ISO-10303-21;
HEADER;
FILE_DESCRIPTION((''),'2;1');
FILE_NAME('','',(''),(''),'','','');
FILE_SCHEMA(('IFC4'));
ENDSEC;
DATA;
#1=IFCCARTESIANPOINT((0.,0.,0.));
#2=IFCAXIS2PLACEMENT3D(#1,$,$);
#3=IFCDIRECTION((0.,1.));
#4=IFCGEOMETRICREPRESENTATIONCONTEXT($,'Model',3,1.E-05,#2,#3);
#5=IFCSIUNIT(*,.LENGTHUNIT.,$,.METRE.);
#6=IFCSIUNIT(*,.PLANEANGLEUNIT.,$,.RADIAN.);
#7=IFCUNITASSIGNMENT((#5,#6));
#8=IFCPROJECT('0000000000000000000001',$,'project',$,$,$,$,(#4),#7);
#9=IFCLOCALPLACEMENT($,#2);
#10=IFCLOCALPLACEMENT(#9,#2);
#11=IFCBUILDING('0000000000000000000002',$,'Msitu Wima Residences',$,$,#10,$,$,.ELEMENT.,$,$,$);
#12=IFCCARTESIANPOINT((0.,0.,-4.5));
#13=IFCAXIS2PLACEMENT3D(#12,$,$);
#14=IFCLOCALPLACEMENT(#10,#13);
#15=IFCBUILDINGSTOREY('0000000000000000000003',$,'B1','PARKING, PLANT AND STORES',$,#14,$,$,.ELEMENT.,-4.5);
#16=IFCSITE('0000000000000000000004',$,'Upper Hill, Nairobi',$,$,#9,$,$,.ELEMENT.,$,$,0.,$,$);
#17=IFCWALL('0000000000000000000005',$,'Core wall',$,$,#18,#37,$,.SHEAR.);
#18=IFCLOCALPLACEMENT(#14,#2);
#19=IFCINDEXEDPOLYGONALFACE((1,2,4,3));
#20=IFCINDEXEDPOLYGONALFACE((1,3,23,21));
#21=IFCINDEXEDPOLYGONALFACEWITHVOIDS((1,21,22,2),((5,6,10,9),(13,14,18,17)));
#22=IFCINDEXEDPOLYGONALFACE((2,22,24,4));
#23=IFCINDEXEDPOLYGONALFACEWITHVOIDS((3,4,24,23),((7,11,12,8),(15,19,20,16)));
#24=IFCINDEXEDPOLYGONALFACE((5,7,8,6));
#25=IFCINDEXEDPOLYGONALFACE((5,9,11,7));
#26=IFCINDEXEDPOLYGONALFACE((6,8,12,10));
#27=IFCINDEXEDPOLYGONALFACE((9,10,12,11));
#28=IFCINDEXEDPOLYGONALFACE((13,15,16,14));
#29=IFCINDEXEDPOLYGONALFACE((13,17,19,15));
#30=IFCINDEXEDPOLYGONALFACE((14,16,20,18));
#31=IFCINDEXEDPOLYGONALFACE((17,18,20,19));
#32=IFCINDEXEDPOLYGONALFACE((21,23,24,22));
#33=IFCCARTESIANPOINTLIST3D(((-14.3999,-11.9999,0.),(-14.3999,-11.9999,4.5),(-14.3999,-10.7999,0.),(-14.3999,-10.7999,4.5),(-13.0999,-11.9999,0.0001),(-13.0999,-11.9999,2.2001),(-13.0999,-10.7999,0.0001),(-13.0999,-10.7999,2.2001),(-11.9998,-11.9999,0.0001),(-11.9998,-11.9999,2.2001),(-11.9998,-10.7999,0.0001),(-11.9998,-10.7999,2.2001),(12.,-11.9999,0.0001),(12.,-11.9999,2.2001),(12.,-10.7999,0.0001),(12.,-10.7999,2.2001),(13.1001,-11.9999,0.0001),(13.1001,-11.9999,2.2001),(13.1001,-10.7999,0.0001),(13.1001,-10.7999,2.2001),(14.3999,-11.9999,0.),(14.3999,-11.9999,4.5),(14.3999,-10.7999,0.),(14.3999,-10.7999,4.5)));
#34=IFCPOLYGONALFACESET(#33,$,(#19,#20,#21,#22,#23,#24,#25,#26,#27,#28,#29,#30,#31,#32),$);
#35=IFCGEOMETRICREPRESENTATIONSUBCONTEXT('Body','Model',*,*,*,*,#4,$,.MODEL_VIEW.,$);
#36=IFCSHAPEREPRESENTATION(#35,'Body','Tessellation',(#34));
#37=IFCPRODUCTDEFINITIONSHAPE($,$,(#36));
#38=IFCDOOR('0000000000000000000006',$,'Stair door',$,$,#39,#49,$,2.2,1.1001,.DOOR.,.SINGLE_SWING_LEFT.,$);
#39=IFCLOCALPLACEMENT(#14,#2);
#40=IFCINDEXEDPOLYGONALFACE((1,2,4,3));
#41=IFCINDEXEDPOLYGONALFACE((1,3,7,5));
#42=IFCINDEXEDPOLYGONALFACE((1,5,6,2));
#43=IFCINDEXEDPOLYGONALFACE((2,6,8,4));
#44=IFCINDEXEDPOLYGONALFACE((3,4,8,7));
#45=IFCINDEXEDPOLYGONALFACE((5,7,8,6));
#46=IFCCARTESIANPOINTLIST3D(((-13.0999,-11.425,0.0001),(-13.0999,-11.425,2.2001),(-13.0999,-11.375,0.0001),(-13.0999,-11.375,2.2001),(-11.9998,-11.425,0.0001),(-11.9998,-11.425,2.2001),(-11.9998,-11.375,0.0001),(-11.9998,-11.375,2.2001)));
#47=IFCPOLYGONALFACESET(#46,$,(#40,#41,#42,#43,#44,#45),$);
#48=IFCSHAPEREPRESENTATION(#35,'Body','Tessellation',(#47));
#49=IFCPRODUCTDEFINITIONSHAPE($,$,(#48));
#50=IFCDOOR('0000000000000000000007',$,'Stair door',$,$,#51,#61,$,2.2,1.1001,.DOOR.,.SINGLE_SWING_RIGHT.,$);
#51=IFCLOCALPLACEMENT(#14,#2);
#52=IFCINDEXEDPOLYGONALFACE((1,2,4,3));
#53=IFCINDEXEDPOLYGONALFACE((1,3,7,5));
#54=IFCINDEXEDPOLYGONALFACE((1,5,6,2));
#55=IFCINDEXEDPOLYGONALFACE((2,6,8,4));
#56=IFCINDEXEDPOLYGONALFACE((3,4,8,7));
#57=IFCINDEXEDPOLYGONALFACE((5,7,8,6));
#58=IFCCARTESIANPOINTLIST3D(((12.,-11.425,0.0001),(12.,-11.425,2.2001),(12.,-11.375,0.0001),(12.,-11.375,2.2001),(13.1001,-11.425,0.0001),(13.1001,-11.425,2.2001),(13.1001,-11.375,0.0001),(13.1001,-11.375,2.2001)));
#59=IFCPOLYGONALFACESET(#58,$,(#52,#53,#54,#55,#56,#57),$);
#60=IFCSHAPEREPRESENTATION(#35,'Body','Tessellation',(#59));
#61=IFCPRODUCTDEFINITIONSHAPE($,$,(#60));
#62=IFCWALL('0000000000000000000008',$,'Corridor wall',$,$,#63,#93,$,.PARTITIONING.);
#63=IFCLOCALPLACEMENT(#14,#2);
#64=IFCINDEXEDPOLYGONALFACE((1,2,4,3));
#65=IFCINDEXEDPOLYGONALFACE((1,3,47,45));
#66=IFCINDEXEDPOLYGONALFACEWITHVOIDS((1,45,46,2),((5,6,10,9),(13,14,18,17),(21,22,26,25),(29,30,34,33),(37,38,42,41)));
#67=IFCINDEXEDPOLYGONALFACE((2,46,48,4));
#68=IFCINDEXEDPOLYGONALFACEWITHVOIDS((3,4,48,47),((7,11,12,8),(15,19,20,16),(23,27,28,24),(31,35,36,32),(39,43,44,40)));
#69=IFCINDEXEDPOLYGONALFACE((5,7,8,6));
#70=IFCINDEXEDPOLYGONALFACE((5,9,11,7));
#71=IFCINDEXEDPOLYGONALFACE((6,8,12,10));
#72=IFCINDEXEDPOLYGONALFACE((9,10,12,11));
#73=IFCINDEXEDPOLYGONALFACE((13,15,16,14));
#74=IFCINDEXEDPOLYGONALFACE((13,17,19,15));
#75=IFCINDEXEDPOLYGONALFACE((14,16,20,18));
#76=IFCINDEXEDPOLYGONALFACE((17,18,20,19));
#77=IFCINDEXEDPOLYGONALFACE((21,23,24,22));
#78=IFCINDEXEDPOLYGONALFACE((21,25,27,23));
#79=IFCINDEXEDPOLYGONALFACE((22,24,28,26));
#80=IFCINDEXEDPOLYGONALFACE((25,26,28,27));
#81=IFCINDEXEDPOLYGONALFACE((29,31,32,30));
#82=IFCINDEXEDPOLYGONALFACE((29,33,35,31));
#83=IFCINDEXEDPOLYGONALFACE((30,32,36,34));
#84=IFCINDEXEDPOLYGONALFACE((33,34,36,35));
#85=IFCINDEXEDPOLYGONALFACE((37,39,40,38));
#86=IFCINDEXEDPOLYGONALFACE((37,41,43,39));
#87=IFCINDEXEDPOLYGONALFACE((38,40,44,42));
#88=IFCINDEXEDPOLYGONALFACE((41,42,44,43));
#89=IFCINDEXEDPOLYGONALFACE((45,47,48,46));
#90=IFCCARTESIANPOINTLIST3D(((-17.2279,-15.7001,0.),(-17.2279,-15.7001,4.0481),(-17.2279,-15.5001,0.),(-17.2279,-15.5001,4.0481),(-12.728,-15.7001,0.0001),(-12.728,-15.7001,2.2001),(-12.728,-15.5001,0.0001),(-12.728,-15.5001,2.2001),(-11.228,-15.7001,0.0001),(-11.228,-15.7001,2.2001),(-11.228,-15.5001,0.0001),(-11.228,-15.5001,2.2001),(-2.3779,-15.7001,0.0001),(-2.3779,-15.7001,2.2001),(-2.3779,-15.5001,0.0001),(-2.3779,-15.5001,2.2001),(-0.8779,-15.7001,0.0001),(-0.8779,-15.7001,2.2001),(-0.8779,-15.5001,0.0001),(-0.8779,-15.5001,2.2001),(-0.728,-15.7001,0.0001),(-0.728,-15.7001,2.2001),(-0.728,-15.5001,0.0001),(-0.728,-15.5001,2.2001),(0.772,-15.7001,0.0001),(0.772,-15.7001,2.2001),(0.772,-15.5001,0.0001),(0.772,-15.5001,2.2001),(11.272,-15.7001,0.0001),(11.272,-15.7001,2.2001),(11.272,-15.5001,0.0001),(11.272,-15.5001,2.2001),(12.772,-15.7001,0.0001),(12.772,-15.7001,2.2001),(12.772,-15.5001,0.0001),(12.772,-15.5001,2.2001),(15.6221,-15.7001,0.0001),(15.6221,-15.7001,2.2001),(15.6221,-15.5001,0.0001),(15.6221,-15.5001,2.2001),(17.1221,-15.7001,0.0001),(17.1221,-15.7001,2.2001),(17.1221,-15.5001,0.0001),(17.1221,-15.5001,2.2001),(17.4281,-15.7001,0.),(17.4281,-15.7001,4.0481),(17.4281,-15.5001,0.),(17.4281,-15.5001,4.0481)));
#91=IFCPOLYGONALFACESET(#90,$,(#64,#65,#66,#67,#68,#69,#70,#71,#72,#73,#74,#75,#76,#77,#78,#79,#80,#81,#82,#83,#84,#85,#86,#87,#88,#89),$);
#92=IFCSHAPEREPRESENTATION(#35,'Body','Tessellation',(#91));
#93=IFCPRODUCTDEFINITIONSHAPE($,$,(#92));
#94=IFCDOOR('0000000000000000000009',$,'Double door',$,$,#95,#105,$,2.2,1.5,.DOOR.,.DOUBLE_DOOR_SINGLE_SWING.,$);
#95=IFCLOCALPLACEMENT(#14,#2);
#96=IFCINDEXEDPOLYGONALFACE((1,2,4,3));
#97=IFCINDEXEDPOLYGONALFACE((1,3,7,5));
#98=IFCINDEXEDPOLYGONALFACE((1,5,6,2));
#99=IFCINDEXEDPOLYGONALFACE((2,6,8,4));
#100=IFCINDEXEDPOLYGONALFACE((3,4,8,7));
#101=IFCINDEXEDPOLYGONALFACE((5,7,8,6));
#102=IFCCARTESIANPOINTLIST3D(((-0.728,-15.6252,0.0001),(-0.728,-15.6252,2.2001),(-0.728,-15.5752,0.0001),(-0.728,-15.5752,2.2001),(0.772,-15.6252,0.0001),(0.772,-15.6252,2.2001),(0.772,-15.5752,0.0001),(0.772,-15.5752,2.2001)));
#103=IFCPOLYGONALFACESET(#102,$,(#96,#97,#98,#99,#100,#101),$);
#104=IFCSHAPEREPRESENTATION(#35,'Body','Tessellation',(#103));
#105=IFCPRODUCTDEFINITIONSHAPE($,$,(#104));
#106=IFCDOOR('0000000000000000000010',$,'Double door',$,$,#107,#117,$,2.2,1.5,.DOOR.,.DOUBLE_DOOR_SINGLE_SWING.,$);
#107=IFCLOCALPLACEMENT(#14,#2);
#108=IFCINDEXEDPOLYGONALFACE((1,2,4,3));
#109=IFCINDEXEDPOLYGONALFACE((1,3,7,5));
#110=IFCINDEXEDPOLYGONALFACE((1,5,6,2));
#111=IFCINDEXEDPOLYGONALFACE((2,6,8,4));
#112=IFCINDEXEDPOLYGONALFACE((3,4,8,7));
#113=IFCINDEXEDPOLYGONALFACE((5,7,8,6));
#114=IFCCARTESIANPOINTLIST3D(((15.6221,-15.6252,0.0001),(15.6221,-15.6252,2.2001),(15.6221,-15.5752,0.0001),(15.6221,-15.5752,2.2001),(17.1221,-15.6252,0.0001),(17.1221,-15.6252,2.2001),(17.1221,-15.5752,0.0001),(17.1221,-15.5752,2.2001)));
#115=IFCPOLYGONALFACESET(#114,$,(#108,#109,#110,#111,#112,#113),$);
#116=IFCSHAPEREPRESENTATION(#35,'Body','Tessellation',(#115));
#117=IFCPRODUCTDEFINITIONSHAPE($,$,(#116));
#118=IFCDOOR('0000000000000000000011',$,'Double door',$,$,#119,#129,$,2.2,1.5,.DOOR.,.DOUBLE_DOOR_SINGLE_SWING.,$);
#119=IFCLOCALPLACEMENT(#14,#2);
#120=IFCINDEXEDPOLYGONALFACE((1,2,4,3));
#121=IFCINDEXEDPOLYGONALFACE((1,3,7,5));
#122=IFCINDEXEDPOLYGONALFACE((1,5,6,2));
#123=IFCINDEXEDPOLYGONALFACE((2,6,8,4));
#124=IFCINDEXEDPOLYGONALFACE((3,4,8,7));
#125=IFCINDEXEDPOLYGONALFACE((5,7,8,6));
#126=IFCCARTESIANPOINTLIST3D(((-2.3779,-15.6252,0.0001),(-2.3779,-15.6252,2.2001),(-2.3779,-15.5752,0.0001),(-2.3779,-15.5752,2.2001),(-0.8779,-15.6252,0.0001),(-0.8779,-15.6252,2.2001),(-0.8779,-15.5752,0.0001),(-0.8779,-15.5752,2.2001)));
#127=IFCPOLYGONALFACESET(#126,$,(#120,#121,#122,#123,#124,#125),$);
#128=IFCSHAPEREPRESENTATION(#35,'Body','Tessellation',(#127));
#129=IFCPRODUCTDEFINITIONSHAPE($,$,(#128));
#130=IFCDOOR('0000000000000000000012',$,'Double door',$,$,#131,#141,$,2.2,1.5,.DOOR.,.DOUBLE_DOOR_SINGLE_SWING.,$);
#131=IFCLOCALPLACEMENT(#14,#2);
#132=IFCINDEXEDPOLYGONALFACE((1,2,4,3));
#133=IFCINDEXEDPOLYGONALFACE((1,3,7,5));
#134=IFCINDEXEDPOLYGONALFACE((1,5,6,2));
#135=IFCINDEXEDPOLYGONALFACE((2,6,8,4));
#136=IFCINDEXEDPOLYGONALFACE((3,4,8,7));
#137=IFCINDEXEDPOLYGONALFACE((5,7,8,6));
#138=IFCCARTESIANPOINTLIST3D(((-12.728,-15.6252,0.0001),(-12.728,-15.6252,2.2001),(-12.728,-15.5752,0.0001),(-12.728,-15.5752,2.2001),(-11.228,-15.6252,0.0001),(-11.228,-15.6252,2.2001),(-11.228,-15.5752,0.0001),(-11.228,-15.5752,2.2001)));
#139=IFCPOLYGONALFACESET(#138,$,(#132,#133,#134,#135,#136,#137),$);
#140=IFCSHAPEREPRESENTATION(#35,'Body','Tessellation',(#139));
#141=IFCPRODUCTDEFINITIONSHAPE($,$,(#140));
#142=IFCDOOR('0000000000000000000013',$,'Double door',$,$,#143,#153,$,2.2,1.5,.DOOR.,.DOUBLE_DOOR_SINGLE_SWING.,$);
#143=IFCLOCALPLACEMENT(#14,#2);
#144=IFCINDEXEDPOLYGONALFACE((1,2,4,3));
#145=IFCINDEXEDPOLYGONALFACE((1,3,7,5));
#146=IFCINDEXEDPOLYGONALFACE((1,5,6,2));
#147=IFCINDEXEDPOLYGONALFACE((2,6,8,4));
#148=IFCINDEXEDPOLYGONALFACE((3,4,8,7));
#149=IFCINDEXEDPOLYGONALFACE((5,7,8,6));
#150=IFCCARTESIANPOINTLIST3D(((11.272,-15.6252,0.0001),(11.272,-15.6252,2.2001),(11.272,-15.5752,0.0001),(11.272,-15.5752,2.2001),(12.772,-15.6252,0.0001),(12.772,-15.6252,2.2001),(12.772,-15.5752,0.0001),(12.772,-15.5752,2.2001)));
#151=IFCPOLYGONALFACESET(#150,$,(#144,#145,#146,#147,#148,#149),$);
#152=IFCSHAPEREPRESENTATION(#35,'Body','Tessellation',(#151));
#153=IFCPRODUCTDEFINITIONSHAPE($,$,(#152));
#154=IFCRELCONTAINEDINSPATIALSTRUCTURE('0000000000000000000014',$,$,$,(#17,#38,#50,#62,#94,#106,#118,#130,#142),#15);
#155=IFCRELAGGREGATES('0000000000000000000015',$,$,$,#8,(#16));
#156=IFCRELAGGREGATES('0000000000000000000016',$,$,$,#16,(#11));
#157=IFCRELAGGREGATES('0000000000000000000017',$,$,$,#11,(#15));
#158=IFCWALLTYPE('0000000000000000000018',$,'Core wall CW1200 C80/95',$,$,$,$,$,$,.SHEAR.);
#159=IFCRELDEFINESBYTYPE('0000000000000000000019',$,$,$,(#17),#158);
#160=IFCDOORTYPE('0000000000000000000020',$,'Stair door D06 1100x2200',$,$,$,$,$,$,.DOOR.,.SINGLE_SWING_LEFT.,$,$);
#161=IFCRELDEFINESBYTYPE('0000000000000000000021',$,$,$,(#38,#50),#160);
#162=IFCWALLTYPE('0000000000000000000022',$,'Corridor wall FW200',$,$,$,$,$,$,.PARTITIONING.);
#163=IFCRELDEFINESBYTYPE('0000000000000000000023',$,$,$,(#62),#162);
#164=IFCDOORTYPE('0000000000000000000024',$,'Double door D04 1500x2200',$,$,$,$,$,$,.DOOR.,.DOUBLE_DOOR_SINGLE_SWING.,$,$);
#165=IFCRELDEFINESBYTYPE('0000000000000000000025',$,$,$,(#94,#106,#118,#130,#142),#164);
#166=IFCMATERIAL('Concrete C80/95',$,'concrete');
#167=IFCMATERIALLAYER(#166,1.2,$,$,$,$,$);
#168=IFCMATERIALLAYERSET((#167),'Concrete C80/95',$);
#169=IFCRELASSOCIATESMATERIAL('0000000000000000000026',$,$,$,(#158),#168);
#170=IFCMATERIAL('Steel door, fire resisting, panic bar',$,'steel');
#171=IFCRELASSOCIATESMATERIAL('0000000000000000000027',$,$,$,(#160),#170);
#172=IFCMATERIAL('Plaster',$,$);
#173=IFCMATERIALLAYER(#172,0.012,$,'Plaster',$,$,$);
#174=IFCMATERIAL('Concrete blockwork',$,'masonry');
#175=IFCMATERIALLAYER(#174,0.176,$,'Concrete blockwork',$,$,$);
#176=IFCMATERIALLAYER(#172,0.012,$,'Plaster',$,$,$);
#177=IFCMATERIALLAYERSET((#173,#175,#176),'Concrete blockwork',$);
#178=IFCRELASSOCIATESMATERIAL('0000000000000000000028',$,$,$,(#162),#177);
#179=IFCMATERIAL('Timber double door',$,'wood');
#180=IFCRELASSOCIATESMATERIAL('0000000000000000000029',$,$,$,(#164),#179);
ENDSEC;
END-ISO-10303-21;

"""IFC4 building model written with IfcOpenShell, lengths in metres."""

from ifc_helpers import new_model, si_unit, direction, frame, frame_2d, origin, place, context, subcontext, project, spatial, rectangle, extrude, material, layer, layer_set, type_object, element, fill, save


model = new_model("IFC4")

# Units and contexts
model_context = context("Model", 3, precision=1e-05, world=origin(), true_north=direction((0.0, 1.0)))
body_context = subcontext(model_context, "Body", "Model", "MODEL_VIEW")
ifc_project = project(units=[si_unit("LENGTHUNIT", "METRE"), si_unit("PLANEANGLEUNIT", "RADIAN")], contexts=[model_context])

# Site, building, storey
site_placement = place(None, origin())
site = spatial("IfcSite", under=ifc_project, at=site_placement, Name="Upper Hill, Nairobi", CompositionType="ELEMENT", RefElevation=0.0)
building_placement = place(site_placement, origin())
building = spatial("IfcBuilding", under=site, at=building_placement, Name="Msitu Wima Residences", CompositionType="ELEMENT")
storey_placement = place(building_placement, frame((0.0, 0.0, -4.5)))
storey = spatial("IfcBuildingStorey", under=building, at=storey_placement, Name="B1", Description="PARKING, PLANT AND STORES", CompositionType="ELEMENT", Elevation=-4.5)

# Walls, openings, doors
ifc_material_1 = material(Name="Concrete C80/95", Category="concrete")
ifc_layer_1 = layer(ifc_material_1, 1.2)
ifc_layer_set_1 = layer_set([ifc_layer_1], Name="Concrete C80/95")
wall_type_1 = type_object("IfcWallType", Name="Core wall CW1200 C80/95", PredefinedType="SHEAR", material=ifc_layer_set_1)
wall_1_placement = place(storey_placement, frame((-14.3999, -11.3999, 0.0), z_axis=(0.0, 0.0, 1.0), x_axis=(1.0, 0.0, 0.0)))
wall_1 = element("IfcWall", 1, at=wall_1_placement, inside=storey, type_object=wall_type_1, Name="Core wall", PredefinedType="SHEAR", context=body_context, shape_type="SweptSolid", body=[
    extrude(rectangle(XDim=28.7998, YDim=1.2, at=frame_2d((14.3999, 0.0))), origin(), (0.0, 0.0, 1.0), 4.5),
])
opening_1_placement = place(wall_1_placement, frame((1.3, 0.0, 0.0)))
opening_1 = element("IfcOpeningElement", 2, at=opening_1_placement, cuts=wall_1, PredefinedType="OPENING", context=body_context, shape_type="SweptSolid", body=[
    extrude(rectangle(XDim=1.1001, YDim=2.2, at=frame_2d((0.55, 1.1001))), frame((0.0, 0.6099, 0.0), z_axis=(0.0, -1.0, 0.0), x_axis=(1.0, 0.0, 0.0)), (0.0, 0.0, 1.0), 1.22),
])
opening_2_placement = place(wall_1_placement, frame((26.3999, 0.0, 0.0)))
opening_2 = element("IfcOpeningElement", 3, at=opening_2_placement, cuts=wall_1, PredefinedType="OPENING", context=body_context, shape_type="SweptSolid", body=[
    extrude(rectangle(XDim=1.1001, YDim=2.2, at=frame_2d((0.55, 1.1001))), frame((0.0, 0.6099, 0.0), z_axis=(0.0, -1.0, 0.0), x_axis=(1.0, 0.0, 0.0)), (0.0, 0.0, 1.0), 1.22),
])
ifc_material_2 = material(Name="Steel door, fire resisting, panic bar", Category="steel")
door_type_1 = type_object("IfcDoorType", Name="Stair door D06 1100x2200", OperationType="SINGLE_SWING_LEFT", PredefinedType="DOOR", material=ifc_material_2)
door_1_placement = place(opening_1_placement, origin())
door_1 = element("IfcDoor", 4, at=door_1_placement, inside=storey, type_object=door_type_1, Name="Stair door", OperationType="SINGLE_SWING_LEFT", OverallHeight=2.2, OverallWidth=1.1001, PredefinedType="DOOR", context=body_context, shape_type="SweptSolid", body=[
    extrude(rectangle(XDim=1.1001, YDim=2.2, at=frame_2d((0.55, 1.1001))), frame((0.0, 0.0249, 0.0), z_axis=(0.0, -1.0, 0.0), x_axis=(1.0, 0.0, 0.0)), (0.0, 0.0, 1.0), 0.05),
])
fill(opening_1, door_1)
door_2_placement = place(opening_2_placement, origin())
door_2 = element("IfcDoor", 5, at=door_2_placement, inside=storey, type_object=door_type_1, Name="Stair door", OperationType="SINGLE_SWING_RIGHT", OverallHeight=2.2, OverallWidth=1.1001, PredefinedType="DOOR", context=body_context, shape_type="SweptSolid", body=[
    extrude(rectangle(XDim=1.1001, YDim=2.2, at=frame_2d((0.55, 1.1001))), frame((0.0, 0.0249, 0.0), z_axis=(0.0, -1.0, 0.0), x_axis=(1.0, 0.0, 0.0)), (0.0, 0.0, 1.0), 0.05),
])
fill(opening_2, door_2)
ifc_material_3 = material(Name="Plaster")
ifc_layer_2 = layer(ifc_material_3, 0.012, Name="Plaster")
ifc_material_4 = material(Name="Concrete blockwork", Category="masonry")
ifc_layer_3 = layer(ifc_material_4, 0.176, Name="Concrete blockwork")
ifc_layer_4 = layer(ifc_material_3, 0.012, Name="Plaster")
ifc_layer_set_2 = layer_set([ifc_layer_2, ifc_layer_3, ifc_layer_4], Name="Concrete blockwork")
wall_type_2 = type_object("IfcWallType", Name="Corridor wall FW200", PredefinedType="PARTITIONING", material=ifc_layer_set_2)
wall_2_placement = place(storey_placement, frame((-17.228, -15.6001, 0.0), z_axis=(0.0, 0.0, 1.0), x_axis=(1.0, 0.0, 0.0)))
wall_2 = element("IfcWall", 6, at=wall_2_placement, inside=storey, type_object=wall_type_2, Name="Corridor wall", PredefinedType="PARTITIONING", context=body_context, shape_type="SweptSolid", body=[
    extrude(rectangle(XDim=34.656, YDim=0.2, at=frame_2d((17.3281, 0.0))), origin(), (0.0, 0.0, 1.0), 4.0481),
])
opening_3_placement = place(wall_2_placement, frame((16.5, 0.0, 0.0)))
opening_3 = element("IfcOpeningElement", 7, at=opening_3_placement, cuts=wall_2, PredefinedType="OPENING", context=body_context, shape_type="SweptSolid", body=[
    extrude(rectangle(XDim=1.5, YDim=2.2, at=frame_2d((0.75, 1.1001))), frame((0.0, 0.1099, 0.0), z_axis=(0.0, -1.0, 0.0), x_axis=(1.0, 0.0, 0.0)), (0.0, 0.0, 1.0), 0.22),
])
opening_4_placement = place(wall_2_placement, frame((32.8501, 0.0, 0.0)))
opening_4 = element("IfcOpeningElement", 8, at=opening_4_placement, cuts=wall_2, PredefinedType="OPENING", context=body_context, shape_type="SweptSolid", body=[
    extrude(rectangle(XDim=1.5, YDim=2.2, at=frame_2d((0.75, 1.1001))), frame((0.0, 0.1099, 0.0), z_axis=(0.0, -1.0, 0.0), x_axis=(1.0, 0.0, 0.0)), (0.0, 0.0, 1.0), 0.22),
])
opening_5_placement = place(wall_2_placement, frame((14.8501, 0.0, 0.0)))
opening_5 = element("IfcOpeningElement", 9, at=opening_5_placement, cuts=wall_2, PredefinedType="OPENING", context=body_context, shape_type="SweptSolid", body=[
    extrude(rectangle(XDim=1.5, YDim=2.2, at=frame_2d((0.75, 1.1001))), frame((0.0, 0.1099, 0.0), z_axis=(0.0, -1.0, 0.0), x_axis=(1.0, 0.0, 0.0)), (0.0, 0.0, 1.0), 0.22),
])
opening_6_placement = place(wall_2_placement, frame((4.5, 0.0, 0.0)))
opening_6 = element("IfcOpeningElement", 10, at=opening_6_placement, cuts=wall_2, PredefinedType="OPENING", context=body_context, shape_type="SweptSolid", body=[
    extrude(rectangle(XDim=1.5, YDim=2.2, at=frame_2d((0.75, 1.1001))), frame((0.0, 0.1099, 0.0), z_axis=(0.0, -1.0, 0.0), x_axis=(1.0, 0.0, 0.0)), (0.0, 0.0, 1.0), 0.22),
])
opening_7_placement = place(wall_2_placement, frame((28.5, 0.0, 0.0)))
opening_7 = element("IfcOpeningElement", 11, at=opening_7_placement, cuts=wall_2, PredefinedType="OPENING", context=body_context, shape_type="SweptSolid", body=[
    extrude(rectangle(XDim=1.5, YDim=2.2, at=frame_2d((0.75, 1.1001))), frame((0.0, 0.1099, 0.0), z_axis=(0.0, -1.0, 0.0), x_axis=(1.0, 0.0, 0.0)), (0.0, 0.0, 1.0), 0.22),
])
ifc_material_5 = material(Name="Timber double door", Category="wood")
door_type_2 = type_object("IfcDoorType", Name="Double door D04 1500x2200", OperationType="DOUBLE_DOOR_SINGLE_SWING", PredefinedType="DOOR", material=ifc_material_5)
door_3_placement = place(opening_3_placement, origin())
door_3 = element("IfcDoor", 12, at=door_3_placement, inside=storey, type_object=door_type_2, Name="Double door", OperationType="DOUBLE_DOOR_SINGLE_SWING", OverallHeight=2.2, OverallWidth=1.5, PredefinedType="DOOR", context=body_context, shape_type="SweptSolid", body=[
    extrude(rectangle(XDim=1.5, YDim=2.2, at=frame_2d((0.75, 1.1001))), frame((0.0, 0.0249, 0.0), z_axis=(0.0, -1.0, 0.0), x_axis=(1.0, 0.0, 0.0)), (0.0, 0.0, 1.0), 0.05),
])
fill(opening_3, door_3)
door_4_placement = place(opening_4_placement, origin())
door_4 = element("IfcDoor", 13, at=door_4_placement, inside=storey, type_object=door_type_2, Name="Double door", OperationType="DOUBLE_DOOR_SINGLE_SWING", OverallHeight=2.2, OverallWidth=1.5, PredefinedType="DOOR", context=body_context, shape_type="SweptSolid", body=[
    extrude(rectangle(XDim=1.5, YDim=2.2, at=frame_2d((0.75, 1.1001))), frame((0.0, 0.0249, 0.0), z_axis=(0.0, -1.0, 0.0), x_axis=(1.0, 0.0, 0.0)), (0.0, 0.0, 1.0), 0.05),
])
fill(opening_4, door_4)
door_5_placement = place(opening_5_placement, origin())
door_5 = element("IfcDoor", 14, at=door_5_placement, inside=storey, type_object=door_type_2, Name="Double door", OperationType="DOUBLE_DOOR_SINGLE_SWING", OverallHeight=2.2, OverallWidth=1.5, PredefinedType="DOOR", context=body_context, shape_type="SweptSolid", body=[
    extrude(rectangle(XDim=1.5, YDim=2.2, at=frame_2d((0.75, 1.1001))), frame((0.0, 0.0249, 0.0), z_axis=(0.0, -1.0, 0.0), x_axis=(1.0, 0.0, 0.0)), (0.0, 0.0, 1.0), 0.05),
])
fill(opening_5, door_5)
door_6_placement = place(opening_6_placement, origin())
door_6 = element("IfcDoor", 15, at=door_6_placement, inside=storey, type_object=door_type_2, Name="Double door", OperationType="DOUBLE_DOOR_SINGLE_SWING", OverallHeight=2.2, OverallWidth=1.5, PredefinedType="DOOR", context=body_context, shape_type="SweptSolid", body=[
    extrude(rectangle(XDim=1.5, YDim=2.2, at=frame_2d((0.75, 1.1001))), frame((0.0, 0.0249, 0.0), z_axis=(0.0, -1.0, 0.0), x_axis=(1.0, 0.0, 0.0)), (0.0, 0.0, 1.0), 0.05),
])
fill(opening_6, door_6)
door_7_placement = place(opening_7_placement, origin())
door_7 = element("IfcDoor", 16, at=door_7_placement, inside=storey, type_object=door_type_2, Name="Double door", OperationType="DOUBLE_DOOR_SINGLE_SWING", OverallHeight=2.2, OverallWidth=1.5, PredefinedType="DOOR", context=body_context, shape_type="SweptSolid", body=[
    extrude(rectangle(XDim=1.5, YDim=2.2, at=frame_2d((0.75, 1.1001))), frame((0.0, 0.0249, 0.0), z_axis=(0.0, -1.0, 0.0), x_axis=(1.0, 0.0, 0.0)), (0.0, 0.0, 1.0), 0.05),
])
fill(opening_7, door_7)

save(model, "model.ifc")
